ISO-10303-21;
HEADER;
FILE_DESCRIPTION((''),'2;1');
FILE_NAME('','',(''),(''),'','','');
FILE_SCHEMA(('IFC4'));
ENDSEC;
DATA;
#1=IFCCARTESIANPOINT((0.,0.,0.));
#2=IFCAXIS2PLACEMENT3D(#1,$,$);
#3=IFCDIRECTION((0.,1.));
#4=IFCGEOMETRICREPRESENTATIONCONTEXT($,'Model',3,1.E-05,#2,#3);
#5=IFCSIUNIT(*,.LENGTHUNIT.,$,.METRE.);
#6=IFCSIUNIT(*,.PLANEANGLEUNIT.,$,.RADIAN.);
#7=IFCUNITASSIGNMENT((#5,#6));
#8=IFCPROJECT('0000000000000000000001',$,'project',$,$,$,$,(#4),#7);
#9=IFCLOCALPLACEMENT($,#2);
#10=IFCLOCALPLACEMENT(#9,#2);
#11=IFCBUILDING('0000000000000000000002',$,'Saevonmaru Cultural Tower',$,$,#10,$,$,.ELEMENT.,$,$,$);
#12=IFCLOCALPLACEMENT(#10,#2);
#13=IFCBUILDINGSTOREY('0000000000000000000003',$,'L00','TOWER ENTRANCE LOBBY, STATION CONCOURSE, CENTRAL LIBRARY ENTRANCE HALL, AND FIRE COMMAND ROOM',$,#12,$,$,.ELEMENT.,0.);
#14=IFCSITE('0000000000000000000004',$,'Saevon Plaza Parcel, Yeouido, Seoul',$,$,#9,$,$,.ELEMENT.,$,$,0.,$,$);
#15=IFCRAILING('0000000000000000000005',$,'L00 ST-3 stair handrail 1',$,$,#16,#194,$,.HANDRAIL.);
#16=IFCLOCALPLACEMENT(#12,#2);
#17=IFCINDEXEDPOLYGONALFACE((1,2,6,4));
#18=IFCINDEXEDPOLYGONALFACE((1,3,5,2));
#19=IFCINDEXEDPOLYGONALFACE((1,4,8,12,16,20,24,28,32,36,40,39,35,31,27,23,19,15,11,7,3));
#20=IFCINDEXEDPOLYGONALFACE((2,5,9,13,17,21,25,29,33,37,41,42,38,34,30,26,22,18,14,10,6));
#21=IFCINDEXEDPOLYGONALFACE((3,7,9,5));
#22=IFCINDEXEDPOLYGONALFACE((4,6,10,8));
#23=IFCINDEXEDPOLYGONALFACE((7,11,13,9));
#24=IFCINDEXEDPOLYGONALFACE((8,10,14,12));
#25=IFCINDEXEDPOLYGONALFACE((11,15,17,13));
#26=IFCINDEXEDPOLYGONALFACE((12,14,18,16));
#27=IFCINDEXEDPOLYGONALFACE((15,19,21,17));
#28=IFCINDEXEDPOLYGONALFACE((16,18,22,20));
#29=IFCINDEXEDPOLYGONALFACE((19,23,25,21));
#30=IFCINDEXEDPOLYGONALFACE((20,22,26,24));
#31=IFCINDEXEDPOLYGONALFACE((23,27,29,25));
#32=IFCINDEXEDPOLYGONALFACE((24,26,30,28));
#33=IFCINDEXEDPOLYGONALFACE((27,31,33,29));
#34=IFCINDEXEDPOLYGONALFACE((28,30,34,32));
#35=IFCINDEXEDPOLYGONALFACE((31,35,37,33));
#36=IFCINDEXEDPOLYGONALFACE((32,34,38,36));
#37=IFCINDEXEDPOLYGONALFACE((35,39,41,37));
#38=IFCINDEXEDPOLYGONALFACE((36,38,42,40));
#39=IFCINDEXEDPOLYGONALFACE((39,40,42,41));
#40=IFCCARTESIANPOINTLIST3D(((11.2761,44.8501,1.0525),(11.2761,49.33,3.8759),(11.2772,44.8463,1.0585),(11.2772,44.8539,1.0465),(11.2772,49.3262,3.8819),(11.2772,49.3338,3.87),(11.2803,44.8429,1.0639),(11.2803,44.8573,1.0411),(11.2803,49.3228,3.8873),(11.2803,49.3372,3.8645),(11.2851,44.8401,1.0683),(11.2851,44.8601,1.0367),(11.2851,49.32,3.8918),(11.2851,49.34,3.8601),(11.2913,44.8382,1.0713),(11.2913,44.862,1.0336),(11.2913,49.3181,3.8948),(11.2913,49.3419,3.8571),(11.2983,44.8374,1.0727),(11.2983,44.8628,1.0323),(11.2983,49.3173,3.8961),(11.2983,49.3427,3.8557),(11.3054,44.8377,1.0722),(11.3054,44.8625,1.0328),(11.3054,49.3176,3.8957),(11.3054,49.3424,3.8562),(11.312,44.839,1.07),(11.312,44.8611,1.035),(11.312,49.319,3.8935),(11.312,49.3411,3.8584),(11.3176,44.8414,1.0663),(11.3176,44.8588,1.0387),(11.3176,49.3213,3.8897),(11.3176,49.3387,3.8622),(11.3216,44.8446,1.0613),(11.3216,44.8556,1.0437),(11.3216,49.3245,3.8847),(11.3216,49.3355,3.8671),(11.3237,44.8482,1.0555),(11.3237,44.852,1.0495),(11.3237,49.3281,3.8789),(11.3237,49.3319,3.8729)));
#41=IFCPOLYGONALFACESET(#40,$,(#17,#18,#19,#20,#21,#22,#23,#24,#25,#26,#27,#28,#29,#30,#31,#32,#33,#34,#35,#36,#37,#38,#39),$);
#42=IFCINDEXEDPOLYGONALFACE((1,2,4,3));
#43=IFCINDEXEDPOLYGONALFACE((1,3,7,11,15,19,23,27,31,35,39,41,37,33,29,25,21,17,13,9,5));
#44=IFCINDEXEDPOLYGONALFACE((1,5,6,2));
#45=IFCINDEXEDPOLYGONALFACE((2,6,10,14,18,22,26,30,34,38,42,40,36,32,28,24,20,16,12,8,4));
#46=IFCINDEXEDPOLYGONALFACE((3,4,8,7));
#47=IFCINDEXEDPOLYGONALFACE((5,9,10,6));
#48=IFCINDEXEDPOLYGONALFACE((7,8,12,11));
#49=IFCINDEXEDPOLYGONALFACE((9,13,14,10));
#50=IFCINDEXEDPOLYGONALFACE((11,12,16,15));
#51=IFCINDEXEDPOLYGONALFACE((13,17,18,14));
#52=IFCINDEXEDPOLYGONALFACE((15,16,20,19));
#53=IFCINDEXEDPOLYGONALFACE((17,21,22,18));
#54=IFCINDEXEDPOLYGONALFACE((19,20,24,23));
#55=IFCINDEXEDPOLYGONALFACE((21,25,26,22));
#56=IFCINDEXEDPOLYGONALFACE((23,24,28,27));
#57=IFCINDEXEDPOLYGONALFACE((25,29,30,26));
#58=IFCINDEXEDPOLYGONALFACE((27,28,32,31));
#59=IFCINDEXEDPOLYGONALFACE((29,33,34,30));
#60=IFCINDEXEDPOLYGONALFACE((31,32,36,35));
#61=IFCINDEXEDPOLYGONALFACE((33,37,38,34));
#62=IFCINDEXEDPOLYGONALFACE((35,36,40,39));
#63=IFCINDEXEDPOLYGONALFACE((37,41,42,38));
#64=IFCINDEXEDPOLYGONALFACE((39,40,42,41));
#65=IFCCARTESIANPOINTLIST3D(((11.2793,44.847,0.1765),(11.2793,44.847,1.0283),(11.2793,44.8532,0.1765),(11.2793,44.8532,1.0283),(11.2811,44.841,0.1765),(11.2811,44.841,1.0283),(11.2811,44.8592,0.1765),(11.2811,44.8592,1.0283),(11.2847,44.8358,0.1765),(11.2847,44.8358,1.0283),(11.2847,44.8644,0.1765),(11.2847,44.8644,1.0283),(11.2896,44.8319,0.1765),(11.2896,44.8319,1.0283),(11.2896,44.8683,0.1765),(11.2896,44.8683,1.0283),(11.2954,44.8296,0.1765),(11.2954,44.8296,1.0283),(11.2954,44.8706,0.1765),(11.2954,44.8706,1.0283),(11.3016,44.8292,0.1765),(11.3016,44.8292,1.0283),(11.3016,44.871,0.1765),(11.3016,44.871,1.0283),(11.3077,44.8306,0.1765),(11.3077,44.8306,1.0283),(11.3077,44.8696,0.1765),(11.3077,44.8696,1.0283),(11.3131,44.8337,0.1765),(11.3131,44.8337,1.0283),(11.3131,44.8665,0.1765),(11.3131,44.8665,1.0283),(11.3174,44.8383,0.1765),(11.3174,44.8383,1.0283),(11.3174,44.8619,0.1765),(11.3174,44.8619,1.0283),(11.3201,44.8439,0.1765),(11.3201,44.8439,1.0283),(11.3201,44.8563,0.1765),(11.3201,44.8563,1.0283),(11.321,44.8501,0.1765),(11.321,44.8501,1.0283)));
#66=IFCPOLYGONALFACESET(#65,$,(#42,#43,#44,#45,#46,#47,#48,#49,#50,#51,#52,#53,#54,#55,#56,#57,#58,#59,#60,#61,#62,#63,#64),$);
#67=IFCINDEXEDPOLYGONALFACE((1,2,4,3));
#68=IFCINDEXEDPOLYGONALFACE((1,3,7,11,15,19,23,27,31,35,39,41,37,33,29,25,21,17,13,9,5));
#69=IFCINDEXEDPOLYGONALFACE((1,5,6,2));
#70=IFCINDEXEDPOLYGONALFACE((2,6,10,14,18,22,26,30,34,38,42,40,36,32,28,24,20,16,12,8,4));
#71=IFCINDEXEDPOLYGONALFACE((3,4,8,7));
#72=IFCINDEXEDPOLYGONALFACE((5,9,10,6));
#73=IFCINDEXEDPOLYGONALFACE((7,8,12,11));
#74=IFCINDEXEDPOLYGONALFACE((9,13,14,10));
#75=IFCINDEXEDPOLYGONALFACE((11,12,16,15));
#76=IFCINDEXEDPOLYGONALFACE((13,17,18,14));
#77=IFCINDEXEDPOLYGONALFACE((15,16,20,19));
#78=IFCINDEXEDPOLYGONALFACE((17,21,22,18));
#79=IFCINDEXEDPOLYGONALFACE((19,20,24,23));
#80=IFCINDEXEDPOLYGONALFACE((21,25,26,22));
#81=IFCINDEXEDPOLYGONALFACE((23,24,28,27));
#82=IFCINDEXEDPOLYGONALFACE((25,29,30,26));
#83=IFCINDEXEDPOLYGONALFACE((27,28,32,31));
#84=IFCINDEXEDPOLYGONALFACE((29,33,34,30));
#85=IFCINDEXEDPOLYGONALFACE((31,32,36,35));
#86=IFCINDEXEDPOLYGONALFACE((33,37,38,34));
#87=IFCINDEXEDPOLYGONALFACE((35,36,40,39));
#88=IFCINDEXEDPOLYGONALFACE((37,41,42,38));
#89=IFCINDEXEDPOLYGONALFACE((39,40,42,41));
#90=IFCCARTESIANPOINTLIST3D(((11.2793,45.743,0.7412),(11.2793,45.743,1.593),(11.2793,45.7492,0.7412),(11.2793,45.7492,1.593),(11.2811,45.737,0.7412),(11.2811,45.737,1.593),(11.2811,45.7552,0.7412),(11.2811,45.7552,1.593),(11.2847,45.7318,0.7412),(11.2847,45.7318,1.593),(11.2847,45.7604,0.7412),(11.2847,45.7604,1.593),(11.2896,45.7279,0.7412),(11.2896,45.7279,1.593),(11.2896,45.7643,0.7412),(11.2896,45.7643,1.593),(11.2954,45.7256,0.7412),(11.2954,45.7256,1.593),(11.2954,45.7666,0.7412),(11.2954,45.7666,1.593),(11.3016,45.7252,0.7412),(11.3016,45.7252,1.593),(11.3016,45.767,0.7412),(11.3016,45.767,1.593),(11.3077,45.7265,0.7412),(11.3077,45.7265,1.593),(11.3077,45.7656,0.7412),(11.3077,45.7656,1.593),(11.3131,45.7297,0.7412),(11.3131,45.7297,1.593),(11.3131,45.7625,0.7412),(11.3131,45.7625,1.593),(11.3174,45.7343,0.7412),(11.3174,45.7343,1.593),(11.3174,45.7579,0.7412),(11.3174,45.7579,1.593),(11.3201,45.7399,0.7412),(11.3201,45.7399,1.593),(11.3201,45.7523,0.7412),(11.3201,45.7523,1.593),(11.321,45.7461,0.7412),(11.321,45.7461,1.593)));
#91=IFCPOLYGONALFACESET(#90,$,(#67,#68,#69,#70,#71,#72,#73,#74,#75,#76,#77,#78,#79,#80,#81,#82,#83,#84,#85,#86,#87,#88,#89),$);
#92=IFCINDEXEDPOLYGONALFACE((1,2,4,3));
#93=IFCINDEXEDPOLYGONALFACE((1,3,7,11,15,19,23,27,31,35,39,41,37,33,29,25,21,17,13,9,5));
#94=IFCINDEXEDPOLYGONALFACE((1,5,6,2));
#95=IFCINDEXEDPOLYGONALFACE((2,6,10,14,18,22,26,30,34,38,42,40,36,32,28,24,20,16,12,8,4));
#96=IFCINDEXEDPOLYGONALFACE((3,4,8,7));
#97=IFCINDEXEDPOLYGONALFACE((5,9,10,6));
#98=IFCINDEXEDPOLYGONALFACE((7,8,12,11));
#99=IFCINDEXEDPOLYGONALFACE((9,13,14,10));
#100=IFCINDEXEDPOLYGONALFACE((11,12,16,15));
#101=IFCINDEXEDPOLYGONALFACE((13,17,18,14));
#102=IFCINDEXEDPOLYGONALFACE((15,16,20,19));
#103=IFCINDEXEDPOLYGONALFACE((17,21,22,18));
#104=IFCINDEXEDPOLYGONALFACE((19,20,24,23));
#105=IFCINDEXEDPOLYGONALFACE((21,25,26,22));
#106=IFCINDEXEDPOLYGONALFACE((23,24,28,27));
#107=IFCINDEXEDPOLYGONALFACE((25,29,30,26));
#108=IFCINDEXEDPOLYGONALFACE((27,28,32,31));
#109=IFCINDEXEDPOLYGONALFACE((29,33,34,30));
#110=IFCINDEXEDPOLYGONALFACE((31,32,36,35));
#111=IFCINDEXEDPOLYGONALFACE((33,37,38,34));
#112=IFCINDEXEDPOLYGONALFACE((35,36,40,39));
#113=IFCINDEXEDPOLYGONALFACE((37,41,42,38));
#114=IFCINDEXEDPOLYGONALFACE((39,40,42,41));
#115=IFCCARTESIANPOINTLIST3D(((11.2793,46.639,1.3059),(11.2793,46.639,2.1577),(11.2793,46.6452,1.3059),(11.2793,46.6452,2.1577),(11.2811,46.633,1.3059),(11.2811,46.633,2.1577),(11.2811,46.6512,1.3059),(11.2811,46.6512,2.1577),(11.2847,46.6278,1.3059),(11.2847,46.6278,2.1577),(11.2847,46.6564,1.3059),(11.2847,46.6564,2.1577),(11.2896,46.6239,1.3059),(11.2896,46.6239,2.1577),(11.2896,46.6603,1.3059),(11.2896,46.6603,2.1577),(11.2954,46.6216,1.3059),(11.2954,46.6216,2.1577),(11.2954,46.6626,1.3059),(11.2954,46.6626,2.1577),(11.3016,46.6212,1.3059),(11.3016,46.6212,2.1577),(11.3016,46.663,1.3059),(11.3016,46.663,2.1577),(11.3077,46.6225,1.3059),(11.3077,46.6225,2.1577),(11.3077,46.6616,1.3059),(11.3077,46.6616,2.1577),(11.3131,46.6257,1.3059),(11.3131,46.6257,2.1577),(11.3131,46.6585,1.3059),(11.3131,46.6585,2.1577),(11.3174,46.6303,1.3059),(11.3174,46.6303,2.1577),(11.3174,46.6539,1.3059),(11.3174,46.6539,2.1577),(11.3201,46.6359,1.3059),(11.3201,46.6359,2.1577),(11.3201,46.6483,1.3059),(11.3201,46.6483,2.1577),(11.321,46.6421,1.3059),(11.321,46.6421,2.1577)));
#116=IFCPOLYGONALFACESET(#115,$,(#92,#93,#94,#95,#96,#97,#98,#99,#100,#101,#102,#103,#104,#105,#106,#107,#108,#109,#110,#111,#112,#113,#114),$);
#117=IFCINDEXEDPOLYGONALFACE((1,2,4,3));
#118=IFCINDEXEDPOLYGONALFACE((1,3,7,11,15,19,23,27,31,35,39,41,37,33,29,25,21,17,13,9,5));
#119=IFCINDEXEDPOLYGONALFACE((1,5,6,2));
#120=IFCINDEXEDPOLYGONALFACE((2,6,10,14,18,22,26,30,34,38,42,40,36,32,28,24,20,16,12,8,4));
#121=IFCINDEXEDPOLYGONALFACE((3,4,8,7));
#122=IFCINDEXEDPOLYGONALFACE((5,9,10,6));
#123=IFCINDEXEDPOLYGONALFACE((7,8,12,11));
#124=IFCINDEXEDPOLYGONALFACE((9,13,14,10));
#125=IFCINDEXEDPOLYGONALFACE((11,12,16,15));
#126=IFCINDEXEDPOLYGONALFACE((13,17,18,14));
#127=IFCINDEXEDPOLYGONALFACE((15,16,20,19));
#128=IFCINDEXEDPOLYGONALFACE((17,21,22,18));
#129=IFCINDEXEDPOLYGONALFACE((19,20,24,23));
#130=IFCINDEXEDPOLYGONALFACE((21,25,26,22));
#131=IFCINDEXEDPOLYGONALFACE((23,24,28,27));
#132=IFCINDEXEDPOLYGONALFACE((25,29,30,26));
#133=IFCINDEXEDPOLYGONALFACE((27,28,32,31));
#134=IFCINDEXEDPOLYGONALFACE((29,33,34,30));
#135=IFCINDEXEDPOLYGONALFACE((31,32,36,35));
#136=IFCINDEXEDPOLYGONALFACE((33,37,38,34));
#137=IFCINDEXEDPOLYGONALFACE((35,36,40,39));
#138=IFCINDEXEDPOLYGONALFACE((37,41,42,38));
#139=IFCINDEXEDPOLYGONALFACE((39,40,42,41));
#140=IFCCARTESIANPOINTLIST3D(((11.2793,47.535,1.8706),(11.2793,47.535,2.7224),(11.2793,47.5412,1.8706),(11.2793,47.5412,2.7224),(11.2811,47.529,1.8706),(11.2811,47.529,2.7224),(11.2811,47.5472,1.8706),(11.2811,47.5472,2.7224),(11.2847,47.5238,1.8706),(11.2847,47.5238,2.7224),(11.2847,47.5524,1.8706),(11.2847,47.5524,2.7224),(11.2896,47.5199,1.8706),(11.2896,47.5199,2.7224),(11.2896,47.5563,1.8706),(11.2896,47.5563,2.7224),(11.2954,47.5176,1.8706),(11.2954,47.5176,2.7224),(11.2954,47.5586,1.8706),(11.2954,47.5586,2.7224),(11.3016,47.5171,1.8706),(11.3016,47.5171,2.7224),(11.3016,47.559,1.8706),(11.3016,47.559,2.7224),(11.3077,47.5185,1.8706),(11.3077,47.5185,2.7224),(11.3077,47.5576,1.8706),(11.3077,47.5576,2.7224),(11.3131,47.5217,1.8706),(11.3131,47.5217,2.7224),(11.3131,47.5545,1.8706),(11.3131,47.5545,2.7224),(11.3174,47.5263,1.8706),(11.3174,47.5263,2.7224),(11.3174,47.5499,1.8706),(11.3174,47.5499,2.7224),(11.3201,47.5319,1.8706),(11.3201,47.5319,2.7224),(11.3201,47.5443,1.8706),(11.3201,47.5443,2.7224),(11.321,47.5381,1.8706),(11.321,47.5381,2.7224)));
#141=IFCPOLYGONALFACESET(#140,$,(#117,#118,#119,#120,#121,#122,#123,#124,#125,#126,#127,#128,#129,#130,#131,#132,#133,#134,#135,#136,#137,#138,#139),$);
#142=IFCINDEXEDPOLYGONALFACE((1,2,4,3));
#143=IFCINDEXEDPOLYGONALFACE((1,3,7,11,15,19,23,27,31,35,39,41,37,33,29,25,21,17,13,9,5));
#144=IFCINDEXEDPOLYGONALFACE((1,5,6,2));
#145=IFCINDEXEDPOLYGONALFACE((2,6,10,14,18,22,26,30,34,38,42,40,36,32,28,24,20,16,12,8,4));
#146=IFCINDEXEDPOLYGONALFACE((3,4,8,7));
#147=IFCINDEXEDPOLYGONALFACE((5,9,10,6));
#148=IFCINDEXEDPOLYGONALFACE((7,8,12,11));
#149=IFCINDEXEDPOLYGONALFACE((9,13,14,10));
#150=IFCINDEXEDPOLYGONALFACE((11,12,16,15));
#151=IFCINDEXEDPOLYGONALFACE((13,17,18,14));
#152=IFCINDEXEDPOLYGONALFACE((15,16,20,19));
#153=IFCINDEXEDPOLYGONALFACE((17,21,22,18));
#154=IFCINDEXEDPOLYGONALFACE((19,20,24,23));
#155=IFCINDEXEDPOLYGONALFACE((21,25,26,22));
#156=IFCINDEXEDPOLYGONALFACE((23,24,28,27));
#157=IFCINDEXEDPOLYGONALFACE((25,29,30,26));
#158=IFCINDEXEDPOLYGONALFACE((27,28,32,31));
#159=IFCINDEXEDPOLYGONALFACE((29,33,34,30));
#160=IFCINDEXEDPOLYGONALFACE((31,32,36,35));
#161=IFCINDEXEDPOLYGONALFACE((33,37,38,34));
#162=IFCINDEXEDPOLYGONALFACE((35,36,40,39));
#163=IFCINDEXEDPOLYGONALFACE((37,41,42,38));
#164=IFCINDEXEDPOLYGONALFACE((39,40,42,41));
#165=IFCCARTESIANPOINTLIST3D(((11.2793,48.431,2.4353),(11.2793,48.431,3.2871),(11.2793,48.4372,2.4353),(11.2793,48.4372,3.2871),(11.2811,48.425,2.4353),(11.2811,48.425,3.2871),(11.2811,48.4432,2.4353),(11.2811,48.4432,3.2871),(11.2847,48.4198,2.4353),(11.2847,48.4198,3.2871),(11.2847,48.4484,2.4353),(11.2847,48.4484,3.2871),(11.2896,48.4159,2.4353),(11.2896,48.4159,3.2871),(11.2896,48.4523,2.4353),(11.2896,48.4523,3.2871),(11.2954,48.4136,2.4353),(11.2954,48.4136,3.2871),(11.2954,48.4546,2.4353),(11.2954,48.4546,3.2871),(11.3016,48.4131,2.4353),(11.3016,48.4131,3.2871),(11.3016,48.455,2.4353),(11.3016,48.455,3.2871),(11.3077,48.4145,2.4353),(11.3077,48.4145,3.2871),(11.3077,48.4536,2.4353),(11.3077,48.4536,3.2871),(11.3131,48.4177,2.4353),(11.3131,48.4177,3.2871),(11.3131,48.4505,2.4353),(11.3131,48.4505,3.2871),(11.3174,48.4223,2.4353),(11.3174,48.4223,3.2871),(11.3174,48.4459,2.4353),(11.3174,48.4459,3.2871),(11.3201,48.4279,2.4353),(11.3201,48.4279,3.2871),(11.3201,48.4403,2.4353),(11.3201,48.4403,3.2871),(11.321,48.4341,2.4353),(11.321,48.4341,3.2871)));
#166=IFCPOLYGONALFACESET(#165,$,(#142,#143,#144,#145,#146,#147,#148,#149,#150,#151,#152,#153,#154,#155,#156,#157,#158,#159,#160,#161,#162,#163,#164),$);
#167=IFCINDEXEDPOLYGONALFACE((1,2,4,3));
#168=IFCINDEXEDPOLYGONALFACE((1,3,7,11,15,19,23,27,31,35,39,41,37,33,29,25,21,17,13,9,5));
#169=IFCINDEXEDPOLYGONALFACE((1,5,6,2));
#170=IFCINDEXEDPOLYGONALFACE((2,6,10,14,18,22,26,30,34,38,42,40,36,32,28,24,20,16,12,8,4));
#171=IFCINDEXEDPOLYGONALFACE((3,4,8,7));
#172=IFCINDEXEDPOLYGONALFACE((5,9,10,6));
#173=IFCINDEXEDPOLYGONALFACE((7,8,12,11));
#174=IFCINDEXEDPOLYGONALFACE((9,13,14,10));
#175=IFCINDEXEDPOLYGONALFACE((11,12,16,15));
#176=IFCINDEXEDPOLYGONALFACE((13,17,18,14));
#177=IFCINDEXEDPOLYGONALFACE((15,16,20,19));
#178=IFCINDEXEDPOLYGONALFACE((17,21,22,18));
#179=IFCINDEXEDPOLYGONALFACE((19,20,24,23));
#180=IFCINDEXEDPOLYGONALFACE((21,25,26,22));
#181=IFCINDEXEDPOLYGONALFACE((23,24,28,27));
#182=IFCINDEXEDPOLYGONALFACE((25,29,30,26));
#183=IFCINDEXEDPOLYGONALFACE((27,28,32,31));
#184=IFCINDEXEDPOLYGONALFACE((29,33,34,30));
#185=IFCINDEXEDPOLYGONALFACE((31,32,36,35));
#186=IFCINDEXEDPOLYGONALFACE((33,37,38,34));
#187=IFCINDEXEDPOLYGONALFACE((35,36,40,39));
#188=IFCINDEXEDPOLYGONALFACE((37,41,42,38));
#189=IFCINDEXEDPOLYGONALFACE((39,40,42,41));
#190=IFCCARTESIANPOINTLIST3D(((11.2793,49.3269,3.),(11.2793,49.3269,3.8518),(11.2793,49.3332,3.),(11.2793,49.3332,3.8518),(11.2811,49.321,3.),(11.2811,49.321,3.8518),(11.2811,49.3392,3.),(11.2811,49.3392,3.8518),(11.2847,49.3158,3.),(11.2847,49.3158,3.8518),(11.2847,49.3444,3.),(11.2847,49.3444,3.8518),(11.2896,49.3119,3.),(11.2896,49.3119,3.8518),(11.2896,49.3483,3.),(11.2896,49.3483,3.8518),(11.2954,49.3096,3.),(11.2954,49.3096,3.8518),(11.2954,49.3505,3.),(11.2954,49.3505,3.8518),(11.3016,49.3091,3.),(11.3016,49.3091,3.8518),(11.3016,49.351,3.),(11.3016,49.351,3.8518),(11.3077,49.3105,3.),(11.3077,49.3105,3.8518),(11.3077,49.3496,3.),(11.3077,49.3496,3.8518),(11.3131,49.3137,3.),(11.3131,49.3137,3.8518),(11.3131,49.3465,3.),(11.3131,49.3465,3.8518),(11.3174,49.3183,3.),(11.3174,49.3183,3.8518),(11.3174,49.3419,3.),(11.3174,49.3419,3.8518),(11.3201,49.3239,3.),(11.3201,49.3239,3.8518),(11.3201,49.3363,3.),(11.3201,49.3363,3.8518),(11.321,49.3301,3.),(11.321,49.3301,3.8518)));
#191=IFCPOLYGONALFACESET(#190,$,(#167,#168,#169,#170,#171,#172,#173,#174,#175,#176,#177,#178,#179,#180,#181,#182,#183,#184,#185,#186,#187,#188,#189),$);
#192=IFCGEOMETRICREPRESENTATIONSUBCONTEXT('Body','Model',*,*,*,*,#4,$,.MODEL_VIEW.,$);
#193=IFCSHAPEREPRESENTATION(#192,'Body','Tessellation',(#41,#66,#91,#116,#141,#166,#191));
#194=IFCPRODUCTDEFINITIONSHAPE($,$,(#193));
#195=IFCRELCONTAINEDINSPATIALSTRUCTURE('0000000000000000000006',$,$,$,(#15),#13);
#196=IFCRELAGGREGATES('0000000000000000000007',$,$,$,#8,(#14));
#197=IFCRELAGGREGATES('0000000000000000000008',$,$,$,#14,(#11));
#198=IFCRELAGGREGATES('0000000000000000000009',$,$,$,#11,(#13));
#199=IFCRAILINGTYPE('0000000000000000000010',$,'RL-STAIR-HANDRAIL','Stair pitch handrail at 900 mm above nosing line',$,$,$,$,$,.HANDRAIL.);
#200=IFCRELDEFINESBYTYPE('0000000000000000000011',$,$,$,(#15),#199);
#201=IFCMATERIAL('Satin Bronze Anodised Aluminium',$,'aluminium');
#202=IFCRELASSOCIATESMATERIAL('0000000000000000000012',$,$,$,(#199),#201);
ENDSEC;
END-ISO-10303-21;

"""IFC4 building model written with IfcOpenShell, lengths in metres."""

from ifc_helpers import new_model, si_unit, direction, frame, origin, origin_2d, place, context, subcontext, project, spatial, circle, extrude, material, type_object, element, save


model = new_model("IFC4")

# Units and contexts
model_context = context("Model", 3, precision=1e-05, world=origin(), true_north=direction((0.0, 1.0)))
body_context = subcontext(model_context, "Body", "Model", "MODEL_VIEW")
ifc_project = project(units=[si_unit("LENGTHUNIT", "METRE"), si_unit("PLANEANGLEUNIT", "RADIAN")], contexts=[model_context])

# Site, building, storey
site_placement = place(None, origin())
site = spatial("IfcSite", under=ifc_project, at=site_placement, Name="Saevon Plaza Parcel, Yeouido, Seoul", CompositionType="ELEMENT", RefElevation=0.0)
building_placement = place(site_placement, origin())
building = spatial("IfcBuilding", under=site, at=building_placement, Name="Saevonmaru Cultural Tower", CompositionType="ELEMENT")
storey_placement = place(building_placement, origin())
storey = spatial("IfcBuildingStorey", under=building, at=storey_placement, Name="L00", Description="TOWER ENTRANCE LOBBY, STATION CONCOURSE, CENTRAL LIBRARY ENTRANCE HALL, AND FIRE COMMAND ROOM", CompositionType="ELEMENT", Elevation=0.0)

# Shared definitions
ifc_material_1 = material(Name="Satin Bronze Anodised Aluminium", Category="aluminium")

# Railing
railing_type_1 = type_object("IfcRailingType", Name="RL-STAIR-HANDRAIL", Description="Stair pitch handrail at 900 mm above nosing line", PredefinedType="HANDRAIL", material=ifc_material_1)
railing_1_placement = place(storey_placement, frame((11.3, 44.8501, 0.1765)))
element("IfcRailing", 1, at=railing_1_placement, inside=storey, type_object=railing_type_1, Name="L00 ST-3 stair handrail 1", PredefinedType="HANDRAIL", context=body_context, shape_type="SweptSolid", body=[
    extrude(circle(Radius=0.0239, at=origin_2d()), frame((0.0, 0.0, 0.876), z_axis=(0.0, 0.845998, 0.533186), x_axis=(-1.0, 0.0, 0.0)), (0.0, 0.0, 1.0), 5.2954),
    extrude(circle(Radius=0.021, at=origin_2d()), origin(), (0.0, 0.0, 1.0), 0.8518),
    extrude(circle(Radius=0.021, at=origin_2d()), frame((0.0, 0.896, 0.5647)), (0.0, 0.0, 1.0), 0.8518),
    extrude(circle(Radius=0.021, at=origin_2d()), frame((0.0, 1.792, 1.1294)), (0.0, 0.0, 1.0), 0.8518),
    extrude(circle(Radius=0.021, at=origin_2d()), frame((0.0, 2.688, 1.6941)), (0.0, 0.0, 1.0), 0.8518),
    extrude(circle(Radius=0.021, at=origin_2d()), frame((0.0, 3.584, 2.2588)), (0.0, 0.0, 1.0), 0.8518),
    extrude(circle(Radius=0.021, at=origin_2d()), frame((0.0, 4.48, 2.8235)), (0.0, 0.0, 1.0), 0.8518),
])

save(model, "model.ifc")
